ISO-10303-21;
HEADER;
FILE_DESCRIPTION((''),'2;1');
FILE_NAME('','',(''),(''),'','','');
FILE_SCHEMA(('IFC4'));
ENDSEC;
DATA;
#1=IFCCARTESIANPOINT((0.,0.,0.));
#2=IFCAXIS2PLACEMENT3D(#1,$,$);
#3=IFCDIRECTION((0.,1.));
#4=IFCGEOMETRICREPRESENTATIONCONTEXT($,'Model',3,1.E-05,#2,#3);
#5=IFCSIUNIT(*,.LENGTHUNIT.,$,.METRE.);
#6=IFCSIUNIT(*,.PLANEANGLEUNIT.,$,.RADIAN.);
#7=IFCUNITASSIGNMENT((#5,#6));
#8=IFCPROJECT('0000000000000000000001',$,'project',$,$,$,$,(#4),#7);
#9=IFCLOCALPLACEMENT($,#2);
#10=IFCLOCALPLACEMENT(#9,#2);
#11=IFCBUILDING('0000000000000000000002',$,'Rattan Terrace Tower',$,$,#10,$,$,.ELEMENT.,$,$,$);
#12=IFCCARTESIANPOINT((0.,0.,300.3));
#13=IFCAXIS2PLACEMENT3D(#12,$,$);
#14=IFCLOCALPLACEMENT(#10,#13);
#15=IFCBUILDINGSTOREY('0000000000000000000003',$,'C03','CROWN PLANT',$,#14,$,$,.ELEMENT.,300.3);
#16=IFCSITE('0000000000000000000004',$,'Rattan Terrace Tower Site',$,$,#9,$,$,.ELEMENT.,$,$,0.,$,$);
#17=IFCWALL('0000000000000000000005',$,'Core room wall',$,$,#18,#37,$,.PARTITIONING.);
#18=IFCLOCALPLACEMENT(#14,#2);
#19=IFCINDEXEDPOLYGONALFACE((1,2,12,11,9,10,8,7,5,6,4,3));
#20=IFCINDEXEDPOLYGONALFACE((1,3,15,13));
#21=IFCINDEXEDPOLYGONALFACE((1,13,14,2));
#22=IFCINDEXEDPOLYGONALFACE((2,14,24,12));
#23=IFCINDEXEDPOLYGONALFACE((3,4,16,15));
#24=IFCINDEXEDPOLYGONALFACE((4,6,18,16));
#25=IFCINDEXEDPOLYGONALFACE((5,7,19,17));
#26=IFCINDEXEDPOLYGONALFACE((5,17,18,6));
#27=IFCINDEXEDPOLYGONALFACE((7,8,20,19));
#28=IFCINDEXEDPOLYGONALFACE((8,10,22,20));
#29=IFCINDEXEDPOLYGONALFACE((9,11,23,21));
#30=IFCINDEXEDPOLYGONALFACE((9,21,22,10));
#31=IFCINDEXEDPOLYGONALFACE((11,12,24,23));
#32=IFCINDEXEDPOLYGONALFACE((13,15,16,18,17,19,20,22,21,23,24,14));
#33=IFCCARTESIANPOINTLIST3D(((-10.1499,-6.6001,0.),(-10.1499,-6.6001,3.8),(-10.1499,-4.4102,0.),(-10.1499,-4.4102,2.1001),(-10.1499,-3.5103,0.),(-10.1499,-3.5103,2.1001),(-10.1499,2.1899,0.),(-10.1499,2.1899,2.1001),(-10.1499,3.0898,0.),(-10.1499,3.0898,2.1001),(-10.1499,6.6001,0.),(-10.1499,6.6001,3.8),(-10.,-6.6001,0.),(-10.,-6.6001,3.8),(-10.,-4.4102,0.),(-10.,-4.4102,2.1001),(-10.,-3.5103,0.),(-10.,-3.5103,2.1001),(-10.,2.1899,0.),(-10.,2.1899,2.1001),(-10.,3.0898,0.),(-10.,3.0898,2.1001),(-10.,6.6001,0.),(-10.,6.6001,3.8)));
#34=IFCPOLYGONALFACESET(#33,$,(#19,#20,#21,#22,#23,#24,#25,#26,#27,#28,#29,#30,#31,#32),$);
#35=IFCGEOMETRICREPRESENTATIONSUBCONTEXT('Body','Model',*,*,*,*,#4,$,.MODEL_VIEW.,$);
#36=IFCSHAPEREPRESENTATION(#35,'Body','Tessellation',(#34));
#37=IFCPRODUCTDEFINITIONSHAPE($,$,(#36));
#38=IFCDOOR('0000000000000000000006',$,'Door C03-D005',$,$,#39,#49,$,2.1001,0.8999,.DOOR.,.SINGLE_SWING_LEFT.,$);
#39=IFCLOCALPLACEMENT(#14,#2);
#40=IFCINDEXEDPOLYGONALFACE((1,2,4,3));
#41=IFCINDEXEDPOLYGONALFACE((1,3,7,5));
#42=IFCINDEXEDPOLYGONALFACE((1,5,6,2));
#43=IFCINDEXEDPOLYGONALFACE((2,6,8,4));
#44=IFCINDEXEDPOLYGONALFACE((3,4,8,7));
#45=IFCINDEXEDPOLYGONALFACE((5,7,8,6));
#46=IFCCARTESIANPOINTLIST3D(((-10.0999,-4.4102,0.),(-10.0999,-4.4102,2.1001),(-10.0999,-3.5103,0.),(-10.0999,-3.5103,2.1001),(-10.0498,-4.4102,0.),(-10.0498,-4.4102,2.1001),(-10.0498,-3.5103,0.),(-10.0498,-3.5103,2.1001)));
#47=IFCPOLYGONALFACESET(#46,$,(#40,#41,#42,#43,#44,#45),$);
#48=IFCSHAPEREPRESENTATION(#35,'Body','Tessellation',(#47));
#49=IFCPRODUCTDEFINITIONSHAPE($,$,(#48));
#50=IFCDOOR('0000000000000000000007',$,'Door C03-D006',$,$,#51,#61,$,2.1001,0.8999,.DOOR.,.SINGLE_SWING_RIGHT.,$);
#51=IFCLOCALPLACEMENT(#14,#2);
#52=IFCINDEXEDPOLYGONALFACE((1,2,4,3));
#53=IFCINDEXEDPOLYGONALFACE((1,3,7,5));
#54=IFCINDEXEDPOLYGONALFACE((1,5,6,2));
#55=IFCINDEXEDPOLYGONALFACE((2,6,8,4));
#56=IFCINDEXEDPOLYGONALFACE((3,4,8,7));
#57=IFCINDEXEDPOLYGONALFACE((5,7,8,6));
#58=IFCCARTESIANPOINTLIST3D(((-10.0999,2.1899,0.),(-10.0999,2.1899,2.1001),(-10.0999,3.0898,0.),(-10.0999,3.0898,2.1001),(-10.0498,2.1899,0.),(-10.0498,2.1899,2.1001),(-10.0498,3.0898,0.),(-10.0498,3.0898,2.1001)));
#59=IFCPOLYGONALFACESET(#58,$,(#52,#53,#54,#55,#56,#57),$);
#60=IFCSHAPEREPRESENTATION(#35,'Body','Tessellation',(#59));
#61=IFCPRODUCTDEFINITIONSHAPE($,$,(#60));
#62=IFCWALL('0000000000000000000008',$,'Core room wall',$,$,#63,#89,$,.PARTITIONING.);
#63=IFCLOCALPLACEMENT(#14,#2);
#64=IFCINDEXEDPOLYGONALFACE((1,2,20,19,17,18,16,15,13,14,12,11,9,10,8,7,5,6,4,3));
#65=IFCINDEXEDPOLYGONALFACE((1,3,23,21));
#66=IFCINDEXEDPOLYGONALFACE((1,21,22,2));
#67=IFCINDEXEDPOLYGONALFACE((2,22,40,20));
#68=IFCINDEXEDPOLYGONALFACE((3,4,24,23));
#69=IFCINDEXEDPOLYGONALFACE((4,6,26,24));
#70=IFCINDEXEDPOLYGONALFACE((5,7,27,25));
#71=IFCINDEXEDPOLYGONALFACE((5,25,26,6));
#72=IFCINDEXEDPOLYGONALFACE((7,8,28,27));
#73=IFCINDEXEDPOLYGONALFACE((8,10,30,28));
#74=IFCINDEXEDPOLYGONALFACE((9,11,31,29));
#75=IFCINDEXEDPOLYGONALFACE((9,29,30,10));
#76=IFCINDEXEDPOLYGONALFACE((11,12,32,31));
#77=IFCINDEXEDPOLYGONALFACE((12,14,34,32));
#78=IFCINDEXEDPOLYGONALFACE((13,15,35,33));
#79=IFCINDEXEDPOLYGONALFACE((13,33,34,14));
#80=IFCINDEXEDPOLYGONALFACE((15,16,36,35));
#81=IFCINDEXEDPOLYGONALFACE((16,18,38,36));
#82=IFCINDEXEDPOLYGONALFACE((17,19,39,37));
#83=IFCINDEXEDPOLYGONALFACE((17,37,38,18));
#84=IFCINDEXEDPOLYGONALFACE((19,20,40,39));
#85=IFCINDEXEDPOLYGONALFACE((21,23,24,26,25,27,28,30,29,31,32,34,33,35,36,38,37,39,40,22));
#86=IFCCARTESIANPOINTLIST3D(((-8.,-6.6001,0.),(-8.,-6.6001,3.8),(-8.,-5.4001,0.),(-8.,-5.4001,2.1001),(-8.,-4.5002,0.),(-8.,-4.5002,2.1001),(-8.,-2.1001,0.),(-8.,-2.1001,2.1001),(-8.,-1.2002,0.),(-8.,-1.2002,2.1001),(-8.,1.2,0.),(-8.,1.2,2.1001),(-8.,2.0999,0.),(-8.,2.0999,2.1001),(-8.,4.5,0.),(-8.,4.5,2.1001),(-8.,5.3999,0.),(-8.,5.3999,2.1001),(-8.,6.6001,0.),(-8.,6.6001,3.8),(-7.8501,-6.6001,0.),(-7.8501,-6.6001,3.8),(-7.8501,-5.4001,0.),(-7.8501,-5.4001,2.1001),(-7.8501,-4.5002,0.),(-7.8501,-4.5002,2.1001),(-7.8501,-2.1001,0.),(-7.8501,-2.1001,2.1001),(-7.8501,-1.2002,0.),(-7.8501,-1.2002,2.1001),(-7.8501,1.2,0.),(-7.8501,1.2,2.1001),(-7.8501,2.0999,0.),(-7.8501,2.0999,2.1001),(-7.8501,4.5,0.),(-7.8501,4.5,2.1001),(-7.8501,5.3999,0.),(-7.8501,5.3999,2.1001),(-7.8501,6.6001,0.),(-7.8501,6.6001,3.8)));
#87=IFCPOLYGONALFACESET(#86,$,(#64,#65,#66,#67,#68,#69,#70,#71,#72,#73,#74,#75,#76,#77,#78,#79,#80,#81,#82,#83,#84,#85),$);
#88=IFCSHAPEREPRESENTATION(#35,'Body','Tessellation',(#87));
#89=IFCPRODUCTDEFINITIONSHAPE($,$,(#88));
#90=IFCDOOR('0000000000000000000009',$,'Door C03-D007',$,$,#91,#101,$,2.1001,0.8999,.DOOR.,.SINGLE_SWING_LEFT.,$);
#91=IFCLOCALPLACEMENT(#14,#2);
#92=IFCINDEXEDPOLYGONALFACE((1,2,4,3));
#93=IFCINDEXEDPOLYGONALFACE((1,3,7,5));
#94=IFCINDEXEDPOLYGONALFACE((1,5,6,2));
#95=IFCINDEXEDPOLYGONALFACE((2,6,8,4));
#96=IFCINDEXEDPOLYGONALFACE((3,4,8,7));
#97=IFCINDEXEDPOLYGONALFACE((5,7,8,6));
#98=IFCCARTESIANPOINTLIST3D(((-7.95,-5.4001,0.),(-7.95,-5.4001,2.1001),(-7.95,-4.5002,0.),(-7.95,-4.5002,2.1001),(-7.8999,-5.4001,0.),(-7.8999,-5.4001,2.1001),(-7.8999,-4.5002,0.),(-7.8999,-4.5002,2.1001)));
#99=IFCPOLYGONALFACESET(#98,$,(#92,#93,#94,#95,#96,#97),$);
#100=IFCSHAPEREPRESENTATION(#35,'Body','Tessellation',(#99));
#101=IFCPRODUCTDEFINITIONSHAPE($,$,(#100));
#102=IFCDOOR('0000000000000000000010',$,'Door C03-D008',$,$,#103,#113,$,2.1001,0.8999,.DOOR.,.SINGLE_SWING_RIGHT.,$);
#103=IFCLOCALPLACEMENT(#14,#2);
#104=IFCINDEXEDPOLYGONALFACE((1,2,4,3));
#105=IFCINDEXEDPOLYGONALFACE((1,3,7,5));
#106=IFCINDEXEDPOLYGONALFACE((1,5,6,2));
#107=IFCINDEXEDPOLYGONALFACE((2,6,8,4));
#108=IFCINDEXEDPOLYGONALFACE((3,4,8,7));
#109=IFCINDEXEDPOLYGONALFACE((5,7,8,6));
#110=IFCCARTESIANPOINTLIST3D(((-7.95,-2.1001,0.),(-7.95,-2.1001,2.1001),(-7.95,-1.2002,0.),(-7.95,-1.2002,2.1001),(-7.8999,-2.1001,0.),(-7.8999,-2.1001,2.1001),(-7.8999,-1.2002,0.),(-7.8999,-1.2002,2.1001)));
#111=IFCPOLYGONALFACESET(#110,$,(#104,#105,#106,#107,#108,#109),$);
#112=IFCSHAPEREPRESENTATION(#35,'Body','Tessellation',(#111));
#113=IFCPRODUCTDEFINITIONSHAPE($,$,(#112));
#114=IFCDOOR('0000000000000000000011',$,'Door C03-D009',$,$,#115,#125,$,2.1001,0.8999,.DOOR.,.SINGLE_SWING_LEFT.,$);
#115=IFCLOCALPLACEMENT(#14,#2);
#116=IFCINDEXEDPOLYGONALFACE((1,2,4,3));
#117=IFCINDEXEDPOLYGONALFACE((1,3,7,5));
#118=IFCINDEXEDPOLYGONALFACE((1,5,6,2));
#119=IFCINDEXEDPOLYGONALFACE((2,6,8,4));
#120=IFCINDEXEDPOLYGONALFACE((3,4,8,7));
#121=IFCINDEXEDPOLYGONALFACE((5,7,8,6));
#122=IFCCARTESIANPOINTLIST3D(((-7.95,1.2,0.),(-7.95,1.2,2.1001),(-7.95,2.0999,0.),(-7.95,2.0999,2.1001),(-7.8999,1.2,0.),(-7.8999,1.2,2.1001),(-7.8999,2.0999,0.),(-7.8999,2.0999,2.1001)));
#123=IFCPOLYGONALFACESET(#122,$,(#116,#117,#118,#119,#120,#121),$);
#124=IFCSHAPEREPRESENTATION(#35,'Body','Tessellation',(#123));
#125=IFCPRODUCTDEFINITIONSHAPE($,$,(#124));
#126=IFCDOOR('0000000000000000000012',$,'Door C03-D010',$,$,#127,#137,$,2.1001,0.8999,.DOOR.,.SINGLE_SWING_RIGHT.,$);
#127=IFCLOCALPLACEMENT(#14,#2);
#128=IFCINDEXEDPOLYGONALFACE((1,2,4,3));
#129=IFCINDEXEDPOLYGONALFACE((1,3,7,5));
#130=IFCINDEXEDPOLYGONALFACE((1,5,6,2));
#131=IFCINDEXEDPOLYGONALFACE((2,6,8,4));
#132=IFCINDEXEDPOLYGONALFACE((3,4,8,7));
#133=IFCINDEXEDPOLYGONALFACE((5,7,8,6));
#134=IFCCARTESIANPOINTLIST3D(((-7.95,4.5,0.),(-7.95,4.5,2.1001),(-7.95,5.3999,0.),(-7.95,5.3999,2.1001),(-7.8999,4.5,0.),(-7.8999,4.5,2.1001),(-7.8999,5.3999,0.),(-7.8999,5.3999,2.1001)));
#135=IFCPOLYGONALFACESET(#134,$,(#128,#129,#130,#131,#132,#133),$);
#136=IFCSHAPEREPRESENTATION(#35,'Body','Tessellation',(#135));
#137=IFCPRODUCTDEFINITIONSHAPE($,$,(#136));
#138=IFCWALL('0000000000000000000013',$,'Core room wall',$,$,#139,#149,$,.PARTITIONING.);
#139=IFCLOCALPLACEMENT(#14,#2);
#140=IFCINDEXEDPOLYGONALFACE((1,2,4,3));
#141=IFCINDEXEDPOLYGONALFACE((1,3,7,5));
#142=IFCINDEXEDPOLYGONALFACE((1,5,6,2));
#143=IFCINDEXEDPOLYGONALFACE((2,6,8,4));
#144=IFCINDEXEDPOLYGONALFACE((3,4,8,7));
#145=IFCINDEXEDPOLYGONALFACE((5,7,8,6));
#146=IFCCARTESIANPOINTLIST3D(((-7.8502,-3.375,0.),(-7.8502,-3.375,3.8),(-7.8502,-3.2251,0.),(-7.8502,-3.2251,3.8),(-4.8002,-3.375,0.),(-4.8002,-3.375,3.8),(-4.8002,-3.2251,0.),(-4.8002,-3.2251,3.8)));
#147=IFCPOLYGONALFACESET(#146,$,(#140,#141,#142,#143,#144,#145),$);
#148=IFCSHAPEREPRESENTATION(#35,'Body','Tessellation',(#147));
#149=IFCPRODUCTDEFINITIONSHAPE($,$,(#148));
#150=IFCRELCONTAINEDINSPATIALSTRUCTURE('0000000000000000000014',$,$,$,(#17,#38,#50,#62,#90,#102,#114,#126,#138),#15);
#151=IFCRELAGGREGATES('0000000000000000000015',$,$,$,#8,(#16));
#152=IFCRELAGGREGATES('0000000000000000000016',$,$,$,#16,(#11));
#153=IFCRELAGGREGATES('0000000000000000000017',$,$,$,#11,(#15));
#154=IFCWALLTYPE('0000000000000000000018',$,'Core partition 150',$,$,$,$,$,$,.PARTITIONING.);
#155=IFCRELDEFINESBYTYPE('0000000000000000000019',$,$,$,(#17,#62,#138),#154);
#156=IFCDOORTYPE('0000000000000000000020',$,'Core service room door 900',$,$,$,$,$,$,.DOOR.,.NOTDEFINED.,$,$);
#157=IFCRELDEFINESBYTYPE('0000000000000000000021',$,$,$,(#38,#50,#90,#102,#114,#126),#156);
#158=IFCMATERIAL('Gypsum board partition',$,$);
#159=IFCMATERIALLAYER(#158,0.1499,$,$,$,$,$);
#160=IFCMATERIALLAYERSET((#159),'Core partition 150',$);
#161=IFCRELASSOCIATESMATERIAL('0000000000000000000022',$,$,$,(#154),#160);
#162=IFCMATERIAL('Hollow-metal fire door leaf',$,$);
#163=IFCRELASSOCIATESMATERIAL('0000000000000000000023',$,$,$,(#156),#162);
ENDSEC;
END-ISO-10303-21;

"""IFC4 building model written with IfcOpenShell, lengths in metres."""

from ifc_helpers import new_model, si_unit, direction, frame, frame_2d, origin, place, context, subcontext, project, spatial, rectangle, extrude, material, layer, layer_set, type_object, element, fill, save


model = new_model("IFC4")

# Units and contexts
model_context = context("Model", 3, precision=1e-05, world=origin(), true_north=direction((0.0, 1.0)))
body_context = subcontext(model_context, "Body", "Model", "MODEL_VIEW")
ifc_project = project(units=[si_unit("LENGTHUNIT", "METRE"), si_unit("PLANEANGLEUNIT", "RADIAN")], contexts=[model_context])

# Site, building, storey
site_placement = place(None, origin())
site = spatial("IfcSite", under=ifc_project, at=site_placement, Name="Rattan Terrace Tower Site", CompositionType="ELEMENT", RefElevation=0.0)
building_placement = place(site_placement, origin())
building = spatial("IfcBuilding", under=site, at=building_placement, Name="Rattan Terrace Tower", CompositionType="ELEMENT")
storey_placement = place(building_placement, frame((0.0, 0.0, 300.3)))
storey = spatial("IfcBuildingStorey", under=building, at=storey_placement, Name="C03", Description="CROWN PLANT", CompositionType="ELEMENT", Elevation=300.3)

# Walls, openings, doors
ifc_material_1 = material(Name="Gypsum board partition")
ifc_layer_1 = layer(ifc_material_1, 0.1499)
ifc_layer_set_1 = layer_set([ifc_layer_1], Name="Core partition 150")
wall_type_1 = type_object("IfcWallType", Name="Core partition 150", PredefinedType="PARTITIONING", material=ifc_layer_set_1)
wall_1_placement = place(storey_placement, frame((-10.075, -6.6001, 0.0), z_axis=(0.0, 0.0, 1.0), x_axis=(0.0, 1.0, 0.0)))
wall_1 = element("IfcWall", 1, at=wall_1_placement, inside=storey, type_object=wall_type_1, Name="Core room wall", PredefinedType="PARTITIONING", context=body_context, shape_type="SweptSolid", body=[
    extrude(rectangle(XDim=13.2002, YDim=0.1499, at=frame_2d((6.6001, 0.0))), origin(), (0.0, 0.0, 1.0), 3.8),
])
opening_1_placement = place(wall_1_placement, frame((2.1899, 0.0, 0.0)))
opening_1 = element("IfcOpeningElement", 2, at=opening_1_placement, cuts=wall_1, PredefinedType="OPENING", context=body_context, shape_type="SweptSolid", body=[
    extrude(rectangle(XDim=0.8999, YDim=2.1001, at=frame_2d((0.45, 1.05))), frame((0.0, 0.0854, 0.0), z_axis=(0.0, -1.0, 0.0), x_axis=(1.0, 0.0, 0.0)), (0.0, 0.0, 1.0), 0.1709),
])
opening_2_placement = place(wall_1_placement, frame((8.79, 0.0, 0.0)))
opening_2 = element("IfcOpeningElement", 3, at=opening_2_placement, cuts=wall_1, PredefinedType="OPENING", context=body_context, shape_type="SweptSolid", body=[
    extrude(rectangle(XDim=0.8999, YDim=2.1001, at=frame_2d((0.45, 1.05))), frame((0.0, 0.0854, 0.0), z_axis=(0.0, -1.0, 0.0), x_axis=(1.0, 0.0, 0.0)), (0.0, 0.0, 1.0), 0.1709),
])
ifc_material_2 = material(Name="Hollow-metal fire door leaf")
door_type_1 = type_object("IfcDoorType", Name="Core service room door 900", OperationType="NOTDEFINED", PredefinedType="DOOR", material=ifc_material_2)
door_1_placement = place(opening_1_placement, origin())
door_1 = element("IfcDoor", 4, at=door_1_placement, inside=storey, type_object=door_type_1, Name="Door C03-D005", OperationType="SINGLE_SWING_LEFT", OverallHeight=2.1001, OverallWidth=0.8999, PredefinedType="DOOR", context=body_context, shape_type="SweptSolid", body=[
    extrude(rectangle(XDim=0.8999, YDim=2.1001, at=frame_2d((0.45, 1.05))), frame((0.0, 0.0249, 0.0), z_axis=(0.0, -1.0, 0.0), x_axis=(1.0, 0.0, 0.0)), (0.0, 0.0, 1.0), 0.05),
])
fill(opening_1, door_1)
door_2_placement = place(opening_2_placement, origin())
door_2 = element("IfcDoor", 5, at=door_2_placement, inside=storey, type_object=door_type_1, Name="Door C03-D006", OperationType="SINGLE_SWING_RIGHT", OverallHeight=2.1001, OverallWidth=0.8999, PredefinedType="DOOR", context=body_context, shape_type="SweptSolid", body=[
    extrude(rectangle(XDim=0.8999, YDim=2.1001, at=frame_2d((0.45, 1.05))), frame((0.0, 0.0249, 0.0), z_axis=(0.0, -1.0, 0.0), x_axis=(1.0, 0.0, 0.0)), (0.0, 0.0, 1.0), 0.05),
])
fill(opening_2, door_2)
wall_2_placement = place(storey_placement, frame((-7.925, -6.6001, 0.0), z_axis=(0.0, 0.0, 1.0), x_axis=(0.0, 1.0, 0.0)))
wall_2 = element("IfcWall", 6, at=wall_2_placement, inside=storey, type_object=wall_type_1, Name="Core room wall", PredefinedType="PARTITIONING", context=body_context, shape_type="SweptSolid", body=[
    extrude(rectangle(XDim=13.2002, YDim=0.1499, at=frame_2d((6.6001, 0.0))), origin(), (0.0, 0.0, 1.0), 3.8),
])
opening_3_placement = place(wall_2_placement, frame((1.2, 0.0, 0.0)))
opening_3 = element("IfcOpeningElement", 7, at=opening_3_placement, cuts=wall_2, PredefinedType="OPENING", context=body_context, shape_type="SweptSolid", body=[
    extrude(rectangle(XDim=0.8999, YDim=2.1001, at=frame_2d((0.45, 1.05))), frame((0.0, 0.0854, 0.0), z_axis=(0.0, -1.0, 0.0), x_axis=(1.0, 0.0, 0.0)), (0.0, 0.0, 1.0), 0.1709),
])
opening_4_placement = place(wall_2_placement, frame((4.5, 0.0, 0.0)))
opening_4 = element("IfcOpeningElement", 8, at=opening_4_placement, cuts=wall_2, PredefinedType="OPENING", context=body_context, shape_type="SweptSolid", body=[
    extrude(rectangle(XDim=0.8999, YDim=2.1001, at=frame_2d((0.45, 1.05))), frame((0.0, 0.0854, 0.0), z_axis=(0.0, -1.0, 0.0), x_axis=(1.0, 0.0, 0.0)), (0.0, 0.0, 1.0), 0.1709),
])
opening_5_placement = place(wall_2_placement, frame((7.8, 0.0, 0.0)))
opening_5 = element("IfcOpeningElement", 9, at=opening_5_placement, cuts=wall_2, PredefinedType="OPENING", context=body_context, shape_type="SweptSolid", body=[
    extrude(rectangle(XDim=0.8999, YDim=2.1001, at=frame_2d((0.45, 1.05))), frame((0.0, 0.0854, 0.0), z_axis=(0.0, -1.0, 0.0), x_axis=(1.0, 0.0, 0.0)), (0.0, 0.0, 1.0), 0.1709),
])
opening_6_placement = place(wall_2_placement, frame((11.1001, 0.0, 0.0)))
opening_6 = element("IfcOpeningElement", 10, at=opening_6_placement, cuts=wall_2, PredefinedType="OPENING", context=body_context, shape_type="SweptSolid", body=[
    extrude(rectangle(XDim=0.8999, YDim=2.1001, at=frame_2d((0.45, 1.05))), frame((0.0, 0.0854, 0.0), z_axis=(0.0, -1.0, 0.0), x_axis=(1.0, 0.0, 0.0)), (0.0, 0.0, 1.0), 0.1709),
])
door_3_placement = place(opening_3_placement, origin())
door_3 = element("IfcDoor", 11, at=door_3_placement, inside=storey, type_object=door_type_1, Name="Door C03-D007", OperationType="SINGLE_SWING_LEFT", OverallHeight=2.1001, OverallWidth=0.8999, PredefinedType="DOOR", context=body_context, shape_type="SweptSolid", body=[
    extrude(rectangle(XDim=0.8999, YDim=2.1001, at=frame_2d((0.45, 1.05))), frame((0.0, 0.0249, 0.0), z_axis=(0.0, -1.0, 0.0), x_axis=(1.0, 0.0, 0.0)), (0.0, 0.0, 1.0), 0.05),
])
fill(opening_3, door_3)
door_4_placement = place(opening_4_placement, origin())
door_4 = element("IfcDoor", 12, at=door_4_placement, inside=storey, type_object=door_type_1, Name="Door C03-D008", OperationType="SINGLE_SWING_RIGHT", OverallHeight=2.1001, OverallWidth=0.8999, PredefinedType="DOOR", context=body_context, shape_type="SweptSolid", body=[
    extrude(rectangle(XDim=0.8999, YDim=2.1001, at=frame_2d((0.45, 1.05))), frame((0.0, 0.0249, 0.0), z_axis=(0.0, -1.0, 0.0), x_axis=(1.0, 0.0, 0.0)), (0.0, 0.0, 1.0), 0.05),
])
fill(opening_4, door_4)
door_5_placement = place(opening_5_placement, origin())
door_5 = element("IfcDoor", 13, at=door_5_placement, inside=storey, type_object=door_type_1, Name="Door C03-D009", OperationType="SINGLE_SWING_LEFT", OverallHeight=2.1001, OverallWidth=0.8999, PredefinedType="DOOR", context=body_context, shape_type="SweptSolid", body=[
    extrude(rectangle(XDim=0.8999, YDim=2.1001, at=frame_2d((0.45, 1.05))), frame((0.0, 0.0249, 0.0), z_axis=(0.0, -1.0, 0.0), x_axis=(1.0, 0.0, 0.0)), (0.0, 0.0, 1.0), 0.05),
])
fill(opening_5, door_5)
door_6_placement = place(opening_6_placement, origin())
door_6 = element("IfcDoor", 14, at=door_6_placement, inside=storey, type_object=door_type_1, Name="Door C03-D010", OperationType="SINGLE_SWING_RIGHT", OverallHeight=2.1001, OverallWidth=0.8999, PredefinedType="DOOR", context=body_context, shape_type="SweptSolid", body=[
    extrude(rectangle(XDim=0.8999, YDim=2.1001, at=frame_2d((0.45, 1.05))), frame((0.0, 0.0249, 0.0), z_axis=(0.0, -1.0, 0.0), x_axis=(1.0, 0.0, 0.0)), (0.0, 0.0, 1.0), 0.05),
])
fill(opening_6, door_6)

# Wall
wall_3_placement = place(storey_placement, frame((-7.8501, -3.3, 0.0), z_axis=(0.0, 0.0, 1.0), x_axis=(1.0, 0.0, 0.0)))
element("IfcWall", 15, at=wall_3_placement, inside=storey, type_object=wall_type_1, Name="Core room wall", PredefinedType="PARTITIONING", context=body_context, shape_type="SweptSolid", body=[
    extrude(rectangle(XDim=3.05, YDim=0.1499, at=frame_2d((1.5249, 0.0))), origin(), (0.0, 0.0, 1.0), 3.8),
])

save(model, "model.ifc")
